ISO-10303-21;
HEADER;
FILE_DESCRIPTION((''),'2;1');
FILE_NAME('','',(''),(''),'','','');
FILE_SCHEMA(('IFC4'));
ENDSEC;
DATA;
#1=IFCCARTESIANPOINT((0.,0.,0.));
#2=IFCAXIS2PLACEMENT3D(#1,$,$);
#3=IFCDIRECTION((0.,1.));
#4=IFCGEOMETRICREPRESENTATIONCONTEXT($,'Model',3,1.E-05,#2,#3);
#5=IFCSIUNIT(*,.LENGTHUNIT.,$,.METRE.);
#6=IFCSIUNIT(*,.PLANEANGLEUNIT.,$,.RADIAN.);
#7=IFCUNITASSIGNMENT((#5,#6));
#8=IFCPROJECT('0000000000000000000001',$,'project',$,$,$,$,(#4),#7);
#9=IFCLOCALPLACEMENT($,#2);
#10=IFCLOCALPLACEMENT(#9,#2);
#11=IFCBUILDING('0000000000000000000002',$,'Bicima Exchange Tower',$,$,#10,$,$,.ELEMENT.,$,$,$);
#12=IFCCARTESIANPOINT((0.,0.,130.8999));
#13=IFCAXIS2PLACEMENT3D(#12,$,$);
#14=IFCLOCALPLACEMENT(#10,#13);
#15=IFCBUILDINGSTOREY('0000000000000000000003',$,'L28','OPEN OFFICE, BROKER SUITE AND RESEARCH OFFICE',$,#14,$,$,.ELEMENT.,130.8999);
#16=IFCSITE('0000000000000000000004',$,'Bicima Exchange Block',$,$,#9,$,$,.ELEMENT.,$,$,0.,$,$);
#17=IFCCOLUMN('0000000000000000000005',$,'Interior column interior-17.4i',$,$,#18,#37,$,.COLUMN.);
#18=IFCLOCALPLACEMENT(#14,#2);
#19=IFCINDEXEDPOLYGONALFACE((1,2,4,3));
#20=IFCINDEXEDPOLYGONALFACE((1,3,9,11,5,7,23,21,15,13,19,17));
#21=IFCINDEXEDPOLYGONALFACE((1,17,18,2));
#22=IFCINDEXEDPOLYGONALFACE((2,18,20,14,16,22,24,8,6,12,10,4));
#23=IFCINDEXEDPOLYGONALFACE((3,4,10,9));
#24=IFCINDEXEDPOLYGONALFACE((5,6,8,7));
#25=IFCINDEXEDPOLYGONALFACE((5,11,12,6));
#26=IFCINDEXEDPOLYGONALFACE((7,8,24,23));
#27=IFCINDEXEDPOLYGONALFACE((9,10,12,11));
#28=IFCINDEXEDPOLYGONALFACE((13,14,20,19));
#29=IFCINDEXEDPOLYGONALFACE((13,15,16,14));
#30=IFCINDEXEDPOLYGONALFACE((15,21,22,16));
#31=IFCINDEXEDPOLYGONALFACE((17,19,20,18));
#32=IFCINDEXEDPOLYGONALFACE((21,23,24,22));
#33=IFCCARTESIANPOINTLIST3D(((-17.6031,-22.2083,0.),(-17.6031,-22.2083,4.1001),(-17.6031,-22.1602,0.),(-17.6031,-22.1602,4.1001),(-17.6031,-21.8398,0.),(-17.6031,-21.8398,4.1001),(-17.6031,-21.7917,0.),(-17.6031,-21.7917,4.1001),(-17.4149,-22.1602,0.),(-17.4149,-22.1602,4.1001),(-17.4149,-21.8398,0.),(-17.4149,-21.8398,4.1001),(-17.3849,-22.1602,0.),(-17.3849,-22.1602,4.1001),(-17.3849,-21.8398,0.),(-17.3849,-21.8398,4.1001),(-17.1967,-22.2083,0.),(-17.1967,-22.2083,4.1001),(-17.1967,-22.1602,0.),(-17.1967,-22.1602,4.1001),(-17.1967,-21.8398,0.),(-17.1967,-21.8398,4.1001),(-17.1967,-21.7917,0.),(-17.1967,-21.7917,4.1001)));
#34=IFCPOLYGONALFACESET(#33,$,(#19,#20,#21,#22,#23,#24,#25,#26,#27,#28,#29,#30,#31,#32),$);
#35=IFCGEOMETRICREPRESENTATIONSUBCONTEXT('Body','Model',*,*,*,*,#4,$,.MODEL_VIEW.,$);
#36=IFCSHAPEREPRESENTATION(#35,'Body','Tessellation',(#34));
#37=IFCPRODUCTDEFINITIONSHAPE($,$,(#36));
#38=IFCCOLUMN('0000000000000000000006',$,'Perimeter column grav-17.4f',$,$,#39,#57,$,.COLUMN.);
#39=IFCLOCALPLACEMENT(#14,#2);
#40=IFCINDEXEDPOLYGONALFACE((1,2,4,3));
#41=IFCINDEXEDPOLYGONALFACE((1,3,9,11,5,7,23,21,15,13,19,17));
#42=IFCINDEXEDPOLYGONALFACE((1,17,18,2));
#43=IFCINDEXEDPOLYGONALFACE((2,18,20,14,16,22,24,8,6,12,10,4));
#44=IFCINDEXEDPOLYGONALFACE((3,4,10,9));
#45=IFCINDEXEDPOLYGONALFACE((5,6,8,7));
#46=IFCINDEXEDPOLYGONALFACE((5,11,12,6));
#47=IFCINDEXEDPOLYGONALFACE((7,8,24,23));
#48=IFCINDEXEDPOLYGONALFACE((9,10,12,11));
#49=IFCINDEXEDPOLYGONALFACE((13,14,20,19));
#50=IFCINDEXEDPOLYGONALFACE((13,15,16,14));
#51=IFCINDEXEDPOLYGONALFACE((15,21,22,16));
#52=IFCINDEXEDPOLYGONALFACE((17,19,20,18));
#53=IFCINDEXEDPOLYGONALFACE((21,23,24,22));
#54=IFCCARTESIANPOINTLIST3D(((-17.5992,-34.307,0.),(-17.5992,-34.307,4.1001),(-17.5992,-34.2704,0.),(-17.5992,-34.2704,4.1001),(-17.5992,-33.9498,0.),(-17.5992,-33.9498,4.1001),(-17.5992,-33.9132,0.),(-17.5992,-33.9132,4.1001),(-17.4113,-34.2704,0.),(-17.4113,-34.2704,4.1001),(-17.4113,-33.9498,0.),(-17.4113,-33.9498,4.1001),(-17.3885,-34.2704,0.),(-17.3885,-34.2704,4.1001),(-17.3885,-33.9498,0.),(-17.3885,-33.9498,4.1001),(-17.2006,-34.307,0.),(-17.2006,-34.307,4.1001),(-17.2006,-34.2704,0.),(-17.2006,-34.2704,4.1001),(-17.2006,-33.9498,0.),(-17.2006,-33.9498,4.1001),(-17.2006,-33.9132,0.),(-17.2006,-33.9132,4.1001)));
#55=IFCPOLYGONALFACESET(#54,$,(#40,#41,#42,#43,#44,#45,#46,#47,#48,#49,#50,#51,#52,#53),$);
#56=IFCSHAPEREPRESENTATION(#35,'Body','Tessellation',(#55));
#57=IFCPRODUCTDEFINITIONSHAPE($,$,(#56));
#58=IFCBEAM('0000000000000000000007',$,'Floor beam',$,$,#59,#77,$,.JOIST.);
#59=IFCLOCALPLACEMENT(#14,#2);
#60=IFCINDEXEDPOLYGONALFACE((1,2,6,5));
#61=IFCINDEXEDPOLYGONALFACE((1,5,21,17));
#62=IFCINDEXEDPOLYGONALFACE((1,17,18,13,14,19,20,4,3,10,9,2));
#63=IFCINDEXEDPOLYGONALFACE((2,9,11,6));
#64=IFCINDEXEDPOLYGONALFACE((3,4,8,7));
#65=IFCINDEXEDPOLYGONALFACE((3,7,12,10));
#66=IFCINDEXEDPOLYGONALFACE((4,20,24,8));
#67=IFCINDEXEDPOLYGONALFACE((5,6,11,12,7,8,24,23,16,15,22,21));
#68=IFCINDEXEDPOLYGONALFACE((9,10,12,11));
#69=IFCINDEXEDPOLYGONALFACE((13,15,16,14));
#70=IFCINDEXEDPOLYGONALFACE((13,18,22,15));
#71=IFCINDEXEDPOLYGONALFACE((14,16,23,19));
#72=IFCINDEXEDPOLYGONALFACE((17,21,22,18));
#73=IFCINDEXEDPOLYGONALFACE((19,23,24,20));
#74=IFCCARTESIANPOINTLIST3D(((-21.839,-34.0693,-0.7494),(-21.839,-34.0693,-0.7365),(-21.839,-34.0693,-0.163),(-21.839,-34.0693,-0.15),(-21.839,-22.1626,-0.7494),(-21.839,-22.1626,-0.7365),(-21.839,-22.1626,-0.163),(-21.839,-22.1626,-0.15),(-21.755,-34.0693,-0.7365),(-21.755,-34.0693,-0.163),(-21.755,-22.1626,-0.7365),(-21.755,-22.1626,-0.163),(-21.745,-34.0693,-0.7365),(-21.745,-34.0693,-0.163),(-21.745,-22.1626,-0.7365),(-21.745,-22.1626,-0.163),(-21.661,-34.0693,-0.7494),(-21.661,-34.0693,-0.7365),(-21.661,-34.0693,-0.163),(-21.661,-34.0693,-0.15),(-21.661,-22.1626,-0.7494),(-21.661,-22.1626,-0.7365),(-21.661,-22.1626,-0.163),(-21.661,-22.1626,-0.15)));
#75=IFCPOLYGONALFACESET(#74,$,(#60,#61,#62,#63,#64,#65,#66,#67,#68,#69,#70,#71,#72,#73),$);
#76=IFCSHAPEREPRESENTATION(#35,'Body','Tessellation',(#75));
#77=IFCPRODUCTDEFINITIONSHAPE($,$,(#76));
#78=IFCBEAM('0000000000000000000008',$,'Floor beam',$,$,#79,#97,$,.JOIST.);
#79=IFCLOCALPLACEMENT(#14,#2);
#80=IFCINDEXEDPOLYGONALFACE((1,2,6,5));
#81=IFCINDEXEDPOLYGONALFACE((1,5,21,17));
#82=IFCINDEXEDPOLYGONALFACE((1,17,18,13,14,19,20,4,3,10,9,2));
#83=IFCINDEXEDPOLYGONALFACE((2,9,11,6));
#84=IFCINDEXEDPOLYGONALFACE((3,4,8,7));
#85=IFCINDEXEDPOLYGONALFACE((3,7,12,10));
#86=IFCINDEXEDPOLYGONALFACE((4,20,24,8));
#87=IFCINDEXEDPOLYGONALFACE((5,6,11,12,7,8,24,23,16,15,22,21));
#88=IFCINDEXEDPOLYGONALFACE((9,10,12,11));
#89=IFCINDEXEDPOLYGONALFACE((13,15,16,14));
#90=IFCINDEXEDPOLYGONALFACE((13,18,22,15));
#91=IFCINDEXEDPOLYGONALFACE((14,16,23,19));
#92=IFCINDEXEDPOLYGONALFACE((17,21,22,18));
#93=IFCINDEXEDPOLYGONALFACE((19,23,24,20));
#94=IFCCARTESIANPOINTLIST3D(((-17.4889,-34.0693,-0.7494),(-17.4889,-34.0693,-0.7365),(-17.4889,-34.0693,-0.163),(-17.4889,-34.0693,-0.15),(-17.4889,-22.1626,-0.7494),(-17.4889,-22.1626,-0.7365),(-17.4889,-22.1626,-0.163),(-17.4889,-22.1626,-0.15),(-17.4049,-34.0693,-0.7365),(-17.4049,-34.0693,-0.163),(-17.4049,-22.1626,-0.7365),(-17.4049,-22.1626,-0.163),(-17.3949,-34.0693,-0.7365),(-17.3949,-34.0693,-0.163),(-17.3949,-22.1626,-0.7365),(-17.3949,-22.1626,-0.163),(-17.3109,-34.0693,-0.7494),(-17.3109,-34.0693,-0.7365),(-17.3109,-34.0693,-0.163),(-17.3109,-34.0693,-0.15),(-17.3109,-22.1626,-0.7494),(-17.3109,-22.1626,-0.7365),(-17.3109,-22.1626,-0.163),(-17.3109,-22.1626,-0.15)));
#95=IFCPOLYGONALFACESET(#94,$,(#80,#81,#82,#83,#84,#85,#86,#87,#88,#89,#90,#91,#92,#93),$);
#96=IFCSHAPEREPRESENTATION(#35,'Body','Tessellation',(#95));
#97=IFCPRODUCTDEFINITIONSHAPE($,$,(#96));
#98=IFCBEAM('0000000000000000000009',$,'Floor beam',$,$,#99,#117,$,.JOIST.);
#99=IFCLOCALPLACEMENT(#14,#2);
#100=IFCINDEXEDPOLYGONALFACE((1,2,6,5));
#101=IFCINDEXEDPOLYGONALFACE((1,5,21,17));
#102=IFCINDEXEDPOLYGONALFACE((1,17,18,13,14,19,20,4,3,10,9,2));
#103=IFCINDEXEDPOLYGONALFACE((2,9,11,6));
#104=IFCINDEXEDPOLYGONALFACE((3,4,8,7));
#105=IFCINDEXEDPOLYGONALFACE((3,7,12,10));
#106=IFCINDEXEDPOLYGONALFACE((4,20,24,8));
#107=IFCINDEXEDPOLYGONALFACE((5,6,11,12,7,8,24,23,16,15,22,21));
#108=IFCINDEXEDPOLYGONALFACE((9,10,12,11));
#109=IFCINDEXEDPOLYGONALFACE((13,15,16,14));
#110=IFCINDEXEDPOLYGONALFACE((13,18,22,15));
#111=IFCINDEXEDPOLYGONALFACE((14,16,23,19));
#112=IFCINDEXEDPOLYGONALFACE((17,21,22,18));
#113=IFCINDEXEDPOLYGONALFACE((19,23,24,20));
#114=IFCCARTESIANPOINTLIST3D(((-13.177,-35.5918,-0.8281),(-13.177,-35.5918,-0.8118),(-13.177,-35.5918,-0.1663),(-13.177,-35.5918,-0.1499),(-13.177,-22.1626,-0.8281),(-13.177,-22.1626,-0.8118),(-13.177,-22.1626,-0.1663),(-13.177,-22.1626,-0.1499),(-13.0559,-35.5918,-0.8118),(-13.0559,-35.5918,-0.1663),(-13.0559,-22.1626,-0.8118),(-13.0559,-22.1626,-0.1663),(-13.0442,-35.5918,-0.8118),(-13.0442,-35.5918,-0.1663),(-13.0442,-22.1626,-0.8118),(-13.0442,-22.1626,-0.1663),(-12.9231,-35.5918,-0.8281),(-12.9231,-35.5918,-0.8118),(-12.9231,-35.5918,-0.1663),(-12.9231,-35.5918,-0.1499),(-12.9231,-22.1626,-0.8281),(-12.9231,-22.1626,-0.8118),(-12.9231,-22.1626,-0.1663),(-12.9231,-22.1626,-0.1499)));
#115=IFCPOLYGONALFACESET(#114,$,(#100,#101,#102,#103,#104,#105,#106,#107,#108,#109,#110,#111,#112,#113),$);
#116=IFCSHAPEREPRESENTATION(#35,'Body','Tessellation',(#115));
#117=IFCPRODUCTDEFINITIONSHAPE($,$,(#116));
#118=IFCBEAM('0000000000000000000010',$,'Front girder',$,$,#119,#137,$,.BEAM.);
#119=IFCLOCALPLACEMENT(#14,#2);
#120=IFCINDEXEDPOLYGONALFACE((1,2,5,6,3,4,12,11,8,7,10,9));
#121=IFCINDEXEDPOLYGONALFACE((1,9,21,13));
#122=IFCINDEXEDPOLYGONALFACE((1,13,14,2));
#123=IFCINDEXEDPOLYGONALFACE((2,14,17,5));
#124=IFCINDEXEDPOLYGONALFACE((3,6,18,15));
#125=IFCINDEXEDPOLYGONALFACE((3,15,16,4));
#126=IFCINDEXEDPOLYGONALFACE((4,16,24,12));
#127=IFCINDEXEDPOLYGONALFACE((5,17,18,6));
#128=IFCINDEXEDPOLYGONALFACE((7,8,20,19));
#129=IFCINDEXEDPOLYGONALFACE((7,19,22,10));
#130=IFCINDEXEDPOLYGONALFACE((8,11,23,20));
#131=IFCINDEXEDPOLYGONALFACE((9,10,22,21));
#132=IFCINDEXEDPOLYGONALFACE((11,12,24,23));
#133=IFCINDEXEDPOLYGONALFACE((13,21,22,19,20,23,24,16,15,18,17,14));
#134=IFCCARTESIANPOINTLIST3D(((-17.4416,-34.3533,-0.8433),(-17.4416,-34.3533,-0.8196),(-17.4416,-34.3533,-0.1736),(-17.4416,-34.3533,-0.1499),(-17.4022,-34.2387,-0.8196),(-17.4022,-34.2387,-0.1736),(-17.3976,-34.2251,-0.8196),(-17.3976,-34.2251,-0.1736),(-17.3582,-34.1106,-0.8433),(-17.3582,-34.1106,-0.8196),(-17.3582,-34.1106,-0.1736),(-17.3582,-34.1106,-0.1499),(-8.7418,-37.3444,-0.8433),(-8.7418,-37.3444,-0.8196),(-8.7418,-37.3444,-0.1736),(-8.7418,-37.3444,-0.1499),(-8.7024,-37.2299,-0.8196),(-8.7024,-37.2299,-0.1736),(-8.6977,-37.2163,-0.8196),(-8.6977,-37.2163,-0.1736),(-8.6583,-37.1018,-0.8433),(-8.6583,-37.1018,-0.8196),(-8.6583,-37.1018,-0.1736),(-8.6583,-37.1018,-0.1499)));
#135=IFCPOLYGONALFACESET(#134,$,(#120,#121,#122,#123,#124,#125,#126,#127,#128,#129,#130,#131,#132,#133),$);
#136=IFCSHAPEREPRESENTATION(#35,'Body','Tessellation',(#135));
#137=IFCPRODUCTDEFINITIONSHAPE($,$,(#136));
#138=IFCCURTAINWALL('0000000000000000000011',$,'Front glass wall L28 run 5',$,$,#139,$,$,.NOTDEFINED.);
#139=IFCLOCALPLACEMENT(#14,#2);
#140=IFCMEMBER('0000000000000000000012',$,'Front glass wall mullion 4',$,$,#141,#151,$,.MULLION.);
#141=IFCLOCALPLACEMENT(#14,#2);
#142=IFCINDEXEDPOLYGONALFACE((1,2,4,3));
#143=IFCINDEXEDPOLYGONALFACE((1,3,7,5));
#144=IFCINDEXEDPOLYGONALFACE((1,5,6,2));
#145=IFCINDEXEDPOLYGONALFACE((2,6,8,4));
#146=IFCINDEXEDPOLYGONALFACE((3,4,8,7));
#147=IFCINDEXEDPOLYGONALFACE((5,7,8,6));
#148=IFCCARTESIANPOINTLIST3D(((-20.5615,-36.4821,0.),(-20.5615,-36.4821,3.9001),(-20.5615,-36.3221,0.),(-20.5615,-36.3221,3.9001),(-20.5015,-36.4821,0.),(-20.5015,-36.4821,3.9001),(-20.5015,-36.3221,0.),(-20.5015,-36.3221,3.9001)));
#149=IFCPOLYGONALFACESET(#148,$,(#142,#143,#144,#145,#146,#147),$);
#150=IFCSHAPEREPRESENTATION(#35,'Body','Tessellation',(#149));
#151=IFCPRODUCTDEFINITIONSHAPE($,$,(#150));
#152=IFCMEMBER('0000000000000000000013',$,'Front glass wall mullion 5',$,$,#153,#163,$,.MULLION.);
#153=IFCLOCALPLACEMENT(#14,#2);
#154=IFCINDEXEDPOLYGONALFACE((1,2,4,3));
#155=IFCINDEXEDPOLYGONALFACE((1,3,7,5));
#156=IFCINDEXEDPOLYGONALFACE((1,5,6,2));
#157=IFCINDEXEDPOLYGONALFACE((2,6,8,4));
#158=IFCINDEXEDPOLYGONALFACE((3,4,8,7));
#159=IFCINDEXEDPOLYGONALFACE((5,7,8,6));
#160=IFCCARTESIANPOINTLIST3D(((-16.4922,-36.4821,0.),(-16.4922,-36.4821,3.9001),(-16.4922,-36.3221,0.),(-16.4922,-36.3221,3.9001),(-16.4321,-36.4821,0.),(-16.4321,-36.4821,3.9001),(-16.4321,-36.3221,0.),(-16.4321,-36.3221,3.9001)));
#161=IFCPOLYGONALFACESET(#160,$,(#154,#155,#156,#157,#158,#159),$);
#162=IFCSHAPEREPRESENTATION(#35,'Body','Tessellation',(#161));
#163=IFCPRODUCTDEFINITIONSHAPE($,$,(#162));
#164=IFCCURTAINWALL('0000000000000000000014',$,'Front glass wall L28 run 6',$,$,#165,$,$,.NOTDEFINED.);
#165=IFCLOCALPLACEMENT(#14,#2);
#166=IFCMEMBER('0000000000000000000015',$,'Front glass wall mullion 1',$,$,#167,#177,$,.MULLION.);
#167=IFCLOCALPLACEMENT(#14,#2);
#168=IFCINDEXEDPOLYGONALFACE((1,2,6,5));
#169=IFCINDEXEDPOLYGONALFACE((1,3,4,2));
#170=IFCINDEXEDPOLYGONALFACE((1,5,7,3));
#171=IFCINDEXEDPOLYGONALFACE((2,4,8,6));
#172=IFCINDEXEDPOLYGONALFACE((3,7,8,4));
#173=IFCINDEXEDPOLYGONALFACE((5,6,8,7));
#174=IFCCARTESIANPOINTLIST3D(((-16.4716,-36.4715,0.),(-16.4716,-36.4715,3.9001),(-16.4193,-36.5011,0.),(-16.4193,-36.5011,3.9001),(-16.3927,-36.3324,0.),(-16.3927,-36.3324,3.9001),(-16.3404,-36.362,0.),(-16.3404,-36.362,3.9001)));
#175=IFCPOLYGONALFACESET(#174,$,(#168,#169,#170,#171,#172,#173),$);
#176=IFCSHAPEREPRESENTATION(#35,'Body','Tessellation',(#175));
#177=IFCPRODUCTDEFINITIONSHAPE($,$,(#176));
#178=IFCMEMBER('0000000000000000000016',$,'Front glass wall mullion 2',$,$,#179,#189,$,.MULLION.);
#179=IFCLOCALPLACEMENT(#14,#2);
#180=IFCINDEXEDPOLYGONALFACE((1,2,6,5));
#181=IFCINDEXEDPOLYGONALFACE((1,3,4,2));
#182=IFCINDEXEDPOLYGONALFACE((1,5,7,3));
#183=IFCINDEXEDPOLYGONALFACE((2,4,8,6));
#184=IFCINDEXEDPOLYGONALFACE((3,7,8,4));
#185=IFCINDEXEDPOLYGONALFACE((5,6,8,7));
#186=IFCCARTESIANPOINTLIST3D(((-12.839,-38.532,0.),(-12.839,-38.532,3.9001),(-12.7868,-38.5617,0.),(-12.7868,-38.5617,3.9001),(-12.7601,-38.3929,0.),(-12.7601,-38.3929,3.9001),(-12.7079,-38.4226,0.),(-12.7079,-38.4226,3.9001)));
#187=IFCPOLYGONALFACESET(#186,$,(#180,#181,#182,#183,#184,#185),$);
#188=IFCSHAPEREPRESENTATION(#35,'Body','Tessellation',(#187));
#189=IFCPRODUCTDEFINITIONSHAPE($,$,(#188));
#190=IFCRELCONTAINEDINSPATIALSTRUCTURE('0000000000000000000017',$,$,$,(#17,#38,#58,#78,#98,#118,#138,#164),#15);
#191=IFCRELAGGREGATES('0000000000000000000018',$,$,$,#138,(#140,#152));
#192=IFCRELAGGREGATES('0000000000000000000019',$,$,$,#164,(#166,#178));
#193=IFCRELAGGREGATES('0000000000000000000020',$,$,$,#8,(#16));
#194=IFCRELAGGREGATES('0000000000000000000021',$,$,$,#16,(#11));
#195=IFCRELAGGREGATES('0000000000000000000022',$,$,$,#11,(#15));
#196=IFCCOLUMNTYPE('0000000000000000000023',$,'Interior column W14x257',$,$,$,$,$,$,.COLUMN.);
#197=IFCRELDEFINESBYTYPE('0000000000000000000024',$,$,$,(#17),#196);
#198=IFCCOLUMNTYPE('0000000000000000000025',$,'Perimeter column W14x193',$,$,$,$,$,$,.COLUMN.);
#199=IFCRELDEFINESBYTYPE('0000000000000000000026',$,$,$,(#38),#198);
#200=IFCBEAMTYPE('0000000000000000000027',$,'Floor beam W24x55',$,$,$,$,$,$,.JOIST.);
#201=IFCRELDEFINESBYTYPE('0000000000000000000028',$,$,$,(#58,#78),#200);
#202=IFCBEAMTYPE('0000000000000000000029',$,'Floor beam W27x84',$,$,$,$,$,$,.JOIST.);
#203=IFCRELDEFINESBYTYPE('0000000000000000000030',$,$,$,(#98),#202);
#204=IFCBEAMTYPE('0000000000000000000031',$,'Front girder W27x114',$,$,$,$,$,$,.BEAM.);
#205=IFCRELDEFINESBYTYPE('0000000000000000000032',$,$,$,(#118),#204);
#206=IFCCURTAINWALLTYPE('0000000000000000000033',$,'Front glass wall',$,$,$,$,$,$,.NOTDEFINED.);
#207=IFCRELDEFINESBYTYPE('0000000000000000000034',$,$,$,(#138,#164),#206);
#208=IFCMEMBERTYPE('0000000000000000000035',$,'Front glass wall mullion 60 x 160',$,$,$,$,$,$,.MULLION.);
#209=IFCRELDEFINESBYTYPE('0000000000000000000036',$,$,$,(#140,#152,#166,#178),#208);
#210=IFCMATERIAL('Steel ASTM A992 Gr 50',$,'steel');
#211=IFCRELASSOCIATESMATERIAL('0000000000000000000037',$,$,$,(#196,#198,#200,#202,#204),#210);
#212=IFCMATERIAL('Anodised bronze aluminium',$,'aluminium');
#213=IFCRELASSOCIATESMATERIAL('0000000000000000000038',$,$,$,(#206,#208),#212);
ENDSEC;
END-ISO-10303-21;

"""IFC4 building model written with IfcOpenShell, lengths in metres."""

from ifc_helpers import new_model, si_unit, direction, frame, origin, origin_2d, place, context, subcontext, project, spatial, rectangle, i_section, extrude, material, material_profile, profile_set, type_object, element, aggregate, save


model = new_model("IFC4")

# Units and contexts
model_context = context("Model", 3, precision=1e-05, world=origin(), true_north=direction((0.0, 1.0)))
body_context = subcontext(model_context, "Body", "Model", "MODEL_VIEW")
ifc_project = project(units=[si_unit("LENGTHUNIT", "METRE"), si_unit("PLANEANGLEUNIT", "RADIAN")], contexts=[model_context])

# Site, building, storey
site_placement = place(None, origin())
site = spatial("IfcSite", under=ifc_project, at=site_placement, Name="Bicima Exchange Block", CompositionType="ELEMENT", RefElevation=0.0)
building_placement = place(site_placement, origin())
building = spatial("IfcBuilding", under=site, at=building_placement, Name="Bicima Exchange Tower", CompositionType="ELEMENT")
storey_placement = place(building_placement, frame((0.0, 0.0, 130.8999)))
storey = spatial("IfcBuildingStorey", under=building, at=storey_placement, Name="L28", Description="OPEN OFFICE, BROKER SUITE AND RESEARCH OFFICE", CompositionType="ELEMENT", Elevation=130.8999)

# Columns
ifc_material_1 = material(Name="Steel ASTM A992 Gr 50", Category="steel")
ifc_material_profile_1 = material_profile(ifc_material_1, i_section(OverallWidth=0.4065, OverallDepth=0.4165, WebThickness=0.03, FlangeThickness=0.0481, at=origin_2d()))
ifc_profile_set_1 = profile_set([ifc_material_profile_1], Name="Steel ASTM A992 Gr 50")
column_type_1 = type_object("IfcColumnType", Name="Interior column W14x257", PredefinedType="COLUMN", material=ifc_profile_set_1)
column_1_placement = place(storey_placement, frame((-17.3999, -22.0, 0.0), z_axis=(0.0, 0.0, 1.0), x_axis=(1.0, 0.0, 0.0)))
element("IfcColumn", 1, at=column_1_placement, inside=storey, type_object=column_type_1, Name="Interior column interior-17.4i", PredefinedType="COLUMN", context=body_context, shape_type="SweptSolid", body=[
    extrude(i_section(OverallWidth=0.4065, OverallDepth=0.4165, WebThickness=0.03, FlangeThickness=0.0481, at=origin_2d()), origin(), (0.0, 0.0, 1.0), 4.1001),
])
ifc_material_profile_2 = material_profile(ifc_material_1, i_section(OverallWidth=0.3987, OverallDepth=0.3938, WebThickness=0.0227, FlangeThickness=0.0366, at=origin_2d()))
ifc_profile_set_2 = profile_set([ifc_material_profile_2], Name="Steel ASTM A992 Gr 50")
column_type_2 = type_object("IfcColumnType", Name="Perimeter column W14x193", PredefinedType="COLUMN", material=ifc_profile_set_2)
column_2_placement = place(storey_placement, frame((-17.3999, -34.1101, 0.0), z_axis=(0.0, 0.0, 1.0), x_axis=(1.0, 0.0, 0.0)))
element("IfcColumn", 2, at=column_2_placement, inside=storey, type_object=column_type_2, Name="Perimeter column grav-17.4f", PredefinedType="COLUMN", context=body_context, shape_type="SweptSolid", body=[
    extrude(i_section(OverallWidth=0.3987, OverallDepth=0.3938, WebThickness=0.0227, FlangeThickness=0.0366, at=origin_2d()), origin(), (0.0, 0.0, 1.0), 4.1001),
])

# Beams
ifc_material_profile_3 = material_profile(ifc_material_1, i_section(OverallWidth=0.178, OverallDepth=0.5994, WebThickness=0.01, FlangeThickness=0.0129, at=origin_2d()))
ifc_profile_set_3 = profile_set([ifc_material_profile_3], Name="Steel ASTM A992 Gr 50")
beam_type_1 = type_object("IfcBeamType", Name="Floor beam W24x55", PredefinedType="JOIST", material=ifc_profile_set_3)
for number, where, z_axis, x_axis, name in (
    (3, (-21.75, -22.1626, -0.4497), (0.0, -1.0, 0.0), (1.0, 0.0, 0.0), "Floor beam"),
    (4, (-17.3999, -22.1626, -0.4497), (0.0, -1.0, 0.0), (1.0, 0.0, 0.0), "Floor beam"),
):
    element("IfcBeam", number, at=place(storey_placement, frame(where, z_axis=z_axis, x_axis=x_axis)), inside=storey, type_object=beam_type_1, Name=name, PredefinedType="JOIST", context=body_context, shape_type="SweptSolid", body=[
        extrude(i_section(OverallWidth=0.178, OverallDepth=0.5994, WebThickness=0.01, FlangeThickness=0.0129, at=origin_2d()), origin(), (0.0, 0.0, 1.0), 11.9067),
    ])
ifc_material_profile_4 = material_profile(ifc_material_1, i_section(OverallWidth=0.2539, OverallDepth=0.6782, WebThickness=0.0117, FlangeThickness=0.0164, at=origin_2d()))
ifc_profile_set_4 = profile_set([ifc_material_profile_4], Name="Steel ASTM A992 Gr 50")
beam_type_2 = type_object("IfcBeamType", Name="Floor beam W27x84", PredefinedType="JOIST", material=ifc_profile_set_4)
beam_1_placement = place(storey_placement, frame((-13.05, -22.1626, -0.489), z_axis=(0.0, -1.0, 0.0), x_axis=(1.0, 0.0, 0.0)))
element("IfcBeam", 5, at=beam_1_placement, inside=storey, type_object=beam_type_2, Name="Floor beam", PredefinedType="JOIST", context=body_context, shape_type="SweptSolid", body=[
    extrude(i_section(OverallWidth=0.2539, OverallDepth=0.6782, WebThickness=0.0117, FlangeThickness=0.0164, at=origin_2d()), origin(), (0.0, 0.0, 1.0), 13.4292),
])
ifc_material_profile_5 = material_profile(ifc_material_1, i_section(OverallWidth=0.2566, OverallDepth=0.6934, WebThickness=0.0144, FlangeThickness=0.0237, at=origin_2d()))
ifc_profile_set_5 = profile_set([ifc_material_profile_5], Name="Steel ASTM A992 Gr 50")
beam_type_3 = type_object("IfcBeamType", Name="Front girder W27x114", PredefinedType="BEAM", material=ifc_profile_set_5)
beam_2_placement = place(storey_placement, frame((-17.3999, -34.2319, -0.4966), z_axis=(0.945666, -0.325138, 0.0), x_axis=(0.325138, 0.945666, 0.0)))
element("IfcBeam", 6, at=beam_2_placement, inside=storey, type_object=beam_type_3, Name="Front girder", PredefinedType="BEAM", context=body_context, shape_type="SweptSolid", body=[
    extrude(i_section(OverallWidth=0.2566, OverallDepth=0.6934, WebThickness=0.0144, FlangeThickness=0.0237, at=origin_2d()), origin(), (0.0, 0.0, 1.0), 9.1997),
])

# Curtain walls, members
ifc_material_2 = material(Name="Anodised bronze aluminium", Category="aluminium")
curtain_wall_type = type_object("IfcCurtainWallType", Name="Front glass wall", PredefinedType="NOTDEFINED", material=ifc_material_2)
curtain_wall_1_placement = place(storey_placement, origin())
curtain_wall_1 = element("IfcCurtainWall", 7, at=curtain_wall_1_placement, inside=storey, type_object=curtain_wall_type, Name="Front glass wall L28 run 5", PredefinedType="NOTDEFINED")
ifc_material_profile_6 = material_profile(ifc_material_2, rectangle(XDim=0.1599, YDim=0.0601, at=origin_2d()))
ifc_profile_set_6 = profile_set([ifc_material_profile_6], Name="Anodised bronze aluminium")
member_type_1 = type_object("IfcMemberType", Name="Front glass wall mullion 60 x 160", PredefinedType="MULLION", material=ifc_profile_set_6)
member_1_placement = place(storey_placement, frame((-20.5315, -36.4021, 0.0), z_axis=(0.0, 0.0, 1.0), x_axis=(0.0, 1.0, 0.0)))
member_1 = element("IfcMember", 8, at=member_1_placement, type_object=member_type_1, Name="Front glass wall mullion 4", PredefinedType="MULLION", context=body_context, shape_type="SweptSolid", body=[
    extrude(rectangle(XDim=0.1599, YDim=0.0601, at=origin_2d()), origin(), (0.0, 0.0, 1.0), 3.9001),
])
member_2_placement = place(storey_placement, frame((-16.4622, -36.4021, 0.0), z_axis=(0.0, 0.0, 1.0), x_axis=(0.0, 1.0, 0.0)))
member_2 = element("IfcMember", 9, at=member_2_placement, type_object=member_type_1, Name="Front glass wall mullion 5", PredefinedType="MULLION", context=body_context, shape_type="SweptSolid", body=[
    extrude(rectangle(XDim=0.1599, YDim=0.0601, at=origin_2d()), origin(), (0.0, 0.0, 1.0), 3.9001),
])
curtain_wall_2_placement = place(storey_placement, origin())
curtain_wall_2 = element("IfcCurtainWall", 10, at=curtain_wall_2_placement, inside=storey, type_object=curtain_wall_type, Name="Front glass wall L28 run 6", PredefinedType="NOTDEFINED")
member_3_placement = place(storey_placement, frame((-16.406, -36.4167, 0.0), z_axis=(0.0, 0.0, 1.0), x_axis=(0.493395, 0.869805, 0.0)))
member_3 = element("IfcMember", 11, at=member_3_placement, type_object=member_type_1, Name="Front glass wall mullion 1", PredefinedType="MULLION", context=body_context, shape_type="SweptSolid", body=[
    extrude(rectangle(XDim=0.1599, YDim=0.0601, at=origin_2d()), origin(), (0.0, 0.0, 1.0), 3.9001),
])
member_4_placement = place(storey_placement, frame((-12.7734, -38.4773, 0.0), z_axis=(0.0, 0.0, 1.0), x_axis=(0.493395, 0.869805, 0.0)))
member_4 = element("IfcMember", 12, at=member_4_placement, type_object=member_type_1, Name="Front glass wall mullion 2", PredefinedType="MULLION", context=body_context, shape_type="SweptSolid", body=[
    extrude(rectangle(XDim=0.1599, YDim=0.0601, at=origin_2d()), origin(), (0.0, 0.0, 1.0), 3.9001),
])

aggregate(curtain_wall_1, [member_1, member_2])
aggregate(curtain_wall_2, [member_3, member_4])

save(model, "model.ifc")
